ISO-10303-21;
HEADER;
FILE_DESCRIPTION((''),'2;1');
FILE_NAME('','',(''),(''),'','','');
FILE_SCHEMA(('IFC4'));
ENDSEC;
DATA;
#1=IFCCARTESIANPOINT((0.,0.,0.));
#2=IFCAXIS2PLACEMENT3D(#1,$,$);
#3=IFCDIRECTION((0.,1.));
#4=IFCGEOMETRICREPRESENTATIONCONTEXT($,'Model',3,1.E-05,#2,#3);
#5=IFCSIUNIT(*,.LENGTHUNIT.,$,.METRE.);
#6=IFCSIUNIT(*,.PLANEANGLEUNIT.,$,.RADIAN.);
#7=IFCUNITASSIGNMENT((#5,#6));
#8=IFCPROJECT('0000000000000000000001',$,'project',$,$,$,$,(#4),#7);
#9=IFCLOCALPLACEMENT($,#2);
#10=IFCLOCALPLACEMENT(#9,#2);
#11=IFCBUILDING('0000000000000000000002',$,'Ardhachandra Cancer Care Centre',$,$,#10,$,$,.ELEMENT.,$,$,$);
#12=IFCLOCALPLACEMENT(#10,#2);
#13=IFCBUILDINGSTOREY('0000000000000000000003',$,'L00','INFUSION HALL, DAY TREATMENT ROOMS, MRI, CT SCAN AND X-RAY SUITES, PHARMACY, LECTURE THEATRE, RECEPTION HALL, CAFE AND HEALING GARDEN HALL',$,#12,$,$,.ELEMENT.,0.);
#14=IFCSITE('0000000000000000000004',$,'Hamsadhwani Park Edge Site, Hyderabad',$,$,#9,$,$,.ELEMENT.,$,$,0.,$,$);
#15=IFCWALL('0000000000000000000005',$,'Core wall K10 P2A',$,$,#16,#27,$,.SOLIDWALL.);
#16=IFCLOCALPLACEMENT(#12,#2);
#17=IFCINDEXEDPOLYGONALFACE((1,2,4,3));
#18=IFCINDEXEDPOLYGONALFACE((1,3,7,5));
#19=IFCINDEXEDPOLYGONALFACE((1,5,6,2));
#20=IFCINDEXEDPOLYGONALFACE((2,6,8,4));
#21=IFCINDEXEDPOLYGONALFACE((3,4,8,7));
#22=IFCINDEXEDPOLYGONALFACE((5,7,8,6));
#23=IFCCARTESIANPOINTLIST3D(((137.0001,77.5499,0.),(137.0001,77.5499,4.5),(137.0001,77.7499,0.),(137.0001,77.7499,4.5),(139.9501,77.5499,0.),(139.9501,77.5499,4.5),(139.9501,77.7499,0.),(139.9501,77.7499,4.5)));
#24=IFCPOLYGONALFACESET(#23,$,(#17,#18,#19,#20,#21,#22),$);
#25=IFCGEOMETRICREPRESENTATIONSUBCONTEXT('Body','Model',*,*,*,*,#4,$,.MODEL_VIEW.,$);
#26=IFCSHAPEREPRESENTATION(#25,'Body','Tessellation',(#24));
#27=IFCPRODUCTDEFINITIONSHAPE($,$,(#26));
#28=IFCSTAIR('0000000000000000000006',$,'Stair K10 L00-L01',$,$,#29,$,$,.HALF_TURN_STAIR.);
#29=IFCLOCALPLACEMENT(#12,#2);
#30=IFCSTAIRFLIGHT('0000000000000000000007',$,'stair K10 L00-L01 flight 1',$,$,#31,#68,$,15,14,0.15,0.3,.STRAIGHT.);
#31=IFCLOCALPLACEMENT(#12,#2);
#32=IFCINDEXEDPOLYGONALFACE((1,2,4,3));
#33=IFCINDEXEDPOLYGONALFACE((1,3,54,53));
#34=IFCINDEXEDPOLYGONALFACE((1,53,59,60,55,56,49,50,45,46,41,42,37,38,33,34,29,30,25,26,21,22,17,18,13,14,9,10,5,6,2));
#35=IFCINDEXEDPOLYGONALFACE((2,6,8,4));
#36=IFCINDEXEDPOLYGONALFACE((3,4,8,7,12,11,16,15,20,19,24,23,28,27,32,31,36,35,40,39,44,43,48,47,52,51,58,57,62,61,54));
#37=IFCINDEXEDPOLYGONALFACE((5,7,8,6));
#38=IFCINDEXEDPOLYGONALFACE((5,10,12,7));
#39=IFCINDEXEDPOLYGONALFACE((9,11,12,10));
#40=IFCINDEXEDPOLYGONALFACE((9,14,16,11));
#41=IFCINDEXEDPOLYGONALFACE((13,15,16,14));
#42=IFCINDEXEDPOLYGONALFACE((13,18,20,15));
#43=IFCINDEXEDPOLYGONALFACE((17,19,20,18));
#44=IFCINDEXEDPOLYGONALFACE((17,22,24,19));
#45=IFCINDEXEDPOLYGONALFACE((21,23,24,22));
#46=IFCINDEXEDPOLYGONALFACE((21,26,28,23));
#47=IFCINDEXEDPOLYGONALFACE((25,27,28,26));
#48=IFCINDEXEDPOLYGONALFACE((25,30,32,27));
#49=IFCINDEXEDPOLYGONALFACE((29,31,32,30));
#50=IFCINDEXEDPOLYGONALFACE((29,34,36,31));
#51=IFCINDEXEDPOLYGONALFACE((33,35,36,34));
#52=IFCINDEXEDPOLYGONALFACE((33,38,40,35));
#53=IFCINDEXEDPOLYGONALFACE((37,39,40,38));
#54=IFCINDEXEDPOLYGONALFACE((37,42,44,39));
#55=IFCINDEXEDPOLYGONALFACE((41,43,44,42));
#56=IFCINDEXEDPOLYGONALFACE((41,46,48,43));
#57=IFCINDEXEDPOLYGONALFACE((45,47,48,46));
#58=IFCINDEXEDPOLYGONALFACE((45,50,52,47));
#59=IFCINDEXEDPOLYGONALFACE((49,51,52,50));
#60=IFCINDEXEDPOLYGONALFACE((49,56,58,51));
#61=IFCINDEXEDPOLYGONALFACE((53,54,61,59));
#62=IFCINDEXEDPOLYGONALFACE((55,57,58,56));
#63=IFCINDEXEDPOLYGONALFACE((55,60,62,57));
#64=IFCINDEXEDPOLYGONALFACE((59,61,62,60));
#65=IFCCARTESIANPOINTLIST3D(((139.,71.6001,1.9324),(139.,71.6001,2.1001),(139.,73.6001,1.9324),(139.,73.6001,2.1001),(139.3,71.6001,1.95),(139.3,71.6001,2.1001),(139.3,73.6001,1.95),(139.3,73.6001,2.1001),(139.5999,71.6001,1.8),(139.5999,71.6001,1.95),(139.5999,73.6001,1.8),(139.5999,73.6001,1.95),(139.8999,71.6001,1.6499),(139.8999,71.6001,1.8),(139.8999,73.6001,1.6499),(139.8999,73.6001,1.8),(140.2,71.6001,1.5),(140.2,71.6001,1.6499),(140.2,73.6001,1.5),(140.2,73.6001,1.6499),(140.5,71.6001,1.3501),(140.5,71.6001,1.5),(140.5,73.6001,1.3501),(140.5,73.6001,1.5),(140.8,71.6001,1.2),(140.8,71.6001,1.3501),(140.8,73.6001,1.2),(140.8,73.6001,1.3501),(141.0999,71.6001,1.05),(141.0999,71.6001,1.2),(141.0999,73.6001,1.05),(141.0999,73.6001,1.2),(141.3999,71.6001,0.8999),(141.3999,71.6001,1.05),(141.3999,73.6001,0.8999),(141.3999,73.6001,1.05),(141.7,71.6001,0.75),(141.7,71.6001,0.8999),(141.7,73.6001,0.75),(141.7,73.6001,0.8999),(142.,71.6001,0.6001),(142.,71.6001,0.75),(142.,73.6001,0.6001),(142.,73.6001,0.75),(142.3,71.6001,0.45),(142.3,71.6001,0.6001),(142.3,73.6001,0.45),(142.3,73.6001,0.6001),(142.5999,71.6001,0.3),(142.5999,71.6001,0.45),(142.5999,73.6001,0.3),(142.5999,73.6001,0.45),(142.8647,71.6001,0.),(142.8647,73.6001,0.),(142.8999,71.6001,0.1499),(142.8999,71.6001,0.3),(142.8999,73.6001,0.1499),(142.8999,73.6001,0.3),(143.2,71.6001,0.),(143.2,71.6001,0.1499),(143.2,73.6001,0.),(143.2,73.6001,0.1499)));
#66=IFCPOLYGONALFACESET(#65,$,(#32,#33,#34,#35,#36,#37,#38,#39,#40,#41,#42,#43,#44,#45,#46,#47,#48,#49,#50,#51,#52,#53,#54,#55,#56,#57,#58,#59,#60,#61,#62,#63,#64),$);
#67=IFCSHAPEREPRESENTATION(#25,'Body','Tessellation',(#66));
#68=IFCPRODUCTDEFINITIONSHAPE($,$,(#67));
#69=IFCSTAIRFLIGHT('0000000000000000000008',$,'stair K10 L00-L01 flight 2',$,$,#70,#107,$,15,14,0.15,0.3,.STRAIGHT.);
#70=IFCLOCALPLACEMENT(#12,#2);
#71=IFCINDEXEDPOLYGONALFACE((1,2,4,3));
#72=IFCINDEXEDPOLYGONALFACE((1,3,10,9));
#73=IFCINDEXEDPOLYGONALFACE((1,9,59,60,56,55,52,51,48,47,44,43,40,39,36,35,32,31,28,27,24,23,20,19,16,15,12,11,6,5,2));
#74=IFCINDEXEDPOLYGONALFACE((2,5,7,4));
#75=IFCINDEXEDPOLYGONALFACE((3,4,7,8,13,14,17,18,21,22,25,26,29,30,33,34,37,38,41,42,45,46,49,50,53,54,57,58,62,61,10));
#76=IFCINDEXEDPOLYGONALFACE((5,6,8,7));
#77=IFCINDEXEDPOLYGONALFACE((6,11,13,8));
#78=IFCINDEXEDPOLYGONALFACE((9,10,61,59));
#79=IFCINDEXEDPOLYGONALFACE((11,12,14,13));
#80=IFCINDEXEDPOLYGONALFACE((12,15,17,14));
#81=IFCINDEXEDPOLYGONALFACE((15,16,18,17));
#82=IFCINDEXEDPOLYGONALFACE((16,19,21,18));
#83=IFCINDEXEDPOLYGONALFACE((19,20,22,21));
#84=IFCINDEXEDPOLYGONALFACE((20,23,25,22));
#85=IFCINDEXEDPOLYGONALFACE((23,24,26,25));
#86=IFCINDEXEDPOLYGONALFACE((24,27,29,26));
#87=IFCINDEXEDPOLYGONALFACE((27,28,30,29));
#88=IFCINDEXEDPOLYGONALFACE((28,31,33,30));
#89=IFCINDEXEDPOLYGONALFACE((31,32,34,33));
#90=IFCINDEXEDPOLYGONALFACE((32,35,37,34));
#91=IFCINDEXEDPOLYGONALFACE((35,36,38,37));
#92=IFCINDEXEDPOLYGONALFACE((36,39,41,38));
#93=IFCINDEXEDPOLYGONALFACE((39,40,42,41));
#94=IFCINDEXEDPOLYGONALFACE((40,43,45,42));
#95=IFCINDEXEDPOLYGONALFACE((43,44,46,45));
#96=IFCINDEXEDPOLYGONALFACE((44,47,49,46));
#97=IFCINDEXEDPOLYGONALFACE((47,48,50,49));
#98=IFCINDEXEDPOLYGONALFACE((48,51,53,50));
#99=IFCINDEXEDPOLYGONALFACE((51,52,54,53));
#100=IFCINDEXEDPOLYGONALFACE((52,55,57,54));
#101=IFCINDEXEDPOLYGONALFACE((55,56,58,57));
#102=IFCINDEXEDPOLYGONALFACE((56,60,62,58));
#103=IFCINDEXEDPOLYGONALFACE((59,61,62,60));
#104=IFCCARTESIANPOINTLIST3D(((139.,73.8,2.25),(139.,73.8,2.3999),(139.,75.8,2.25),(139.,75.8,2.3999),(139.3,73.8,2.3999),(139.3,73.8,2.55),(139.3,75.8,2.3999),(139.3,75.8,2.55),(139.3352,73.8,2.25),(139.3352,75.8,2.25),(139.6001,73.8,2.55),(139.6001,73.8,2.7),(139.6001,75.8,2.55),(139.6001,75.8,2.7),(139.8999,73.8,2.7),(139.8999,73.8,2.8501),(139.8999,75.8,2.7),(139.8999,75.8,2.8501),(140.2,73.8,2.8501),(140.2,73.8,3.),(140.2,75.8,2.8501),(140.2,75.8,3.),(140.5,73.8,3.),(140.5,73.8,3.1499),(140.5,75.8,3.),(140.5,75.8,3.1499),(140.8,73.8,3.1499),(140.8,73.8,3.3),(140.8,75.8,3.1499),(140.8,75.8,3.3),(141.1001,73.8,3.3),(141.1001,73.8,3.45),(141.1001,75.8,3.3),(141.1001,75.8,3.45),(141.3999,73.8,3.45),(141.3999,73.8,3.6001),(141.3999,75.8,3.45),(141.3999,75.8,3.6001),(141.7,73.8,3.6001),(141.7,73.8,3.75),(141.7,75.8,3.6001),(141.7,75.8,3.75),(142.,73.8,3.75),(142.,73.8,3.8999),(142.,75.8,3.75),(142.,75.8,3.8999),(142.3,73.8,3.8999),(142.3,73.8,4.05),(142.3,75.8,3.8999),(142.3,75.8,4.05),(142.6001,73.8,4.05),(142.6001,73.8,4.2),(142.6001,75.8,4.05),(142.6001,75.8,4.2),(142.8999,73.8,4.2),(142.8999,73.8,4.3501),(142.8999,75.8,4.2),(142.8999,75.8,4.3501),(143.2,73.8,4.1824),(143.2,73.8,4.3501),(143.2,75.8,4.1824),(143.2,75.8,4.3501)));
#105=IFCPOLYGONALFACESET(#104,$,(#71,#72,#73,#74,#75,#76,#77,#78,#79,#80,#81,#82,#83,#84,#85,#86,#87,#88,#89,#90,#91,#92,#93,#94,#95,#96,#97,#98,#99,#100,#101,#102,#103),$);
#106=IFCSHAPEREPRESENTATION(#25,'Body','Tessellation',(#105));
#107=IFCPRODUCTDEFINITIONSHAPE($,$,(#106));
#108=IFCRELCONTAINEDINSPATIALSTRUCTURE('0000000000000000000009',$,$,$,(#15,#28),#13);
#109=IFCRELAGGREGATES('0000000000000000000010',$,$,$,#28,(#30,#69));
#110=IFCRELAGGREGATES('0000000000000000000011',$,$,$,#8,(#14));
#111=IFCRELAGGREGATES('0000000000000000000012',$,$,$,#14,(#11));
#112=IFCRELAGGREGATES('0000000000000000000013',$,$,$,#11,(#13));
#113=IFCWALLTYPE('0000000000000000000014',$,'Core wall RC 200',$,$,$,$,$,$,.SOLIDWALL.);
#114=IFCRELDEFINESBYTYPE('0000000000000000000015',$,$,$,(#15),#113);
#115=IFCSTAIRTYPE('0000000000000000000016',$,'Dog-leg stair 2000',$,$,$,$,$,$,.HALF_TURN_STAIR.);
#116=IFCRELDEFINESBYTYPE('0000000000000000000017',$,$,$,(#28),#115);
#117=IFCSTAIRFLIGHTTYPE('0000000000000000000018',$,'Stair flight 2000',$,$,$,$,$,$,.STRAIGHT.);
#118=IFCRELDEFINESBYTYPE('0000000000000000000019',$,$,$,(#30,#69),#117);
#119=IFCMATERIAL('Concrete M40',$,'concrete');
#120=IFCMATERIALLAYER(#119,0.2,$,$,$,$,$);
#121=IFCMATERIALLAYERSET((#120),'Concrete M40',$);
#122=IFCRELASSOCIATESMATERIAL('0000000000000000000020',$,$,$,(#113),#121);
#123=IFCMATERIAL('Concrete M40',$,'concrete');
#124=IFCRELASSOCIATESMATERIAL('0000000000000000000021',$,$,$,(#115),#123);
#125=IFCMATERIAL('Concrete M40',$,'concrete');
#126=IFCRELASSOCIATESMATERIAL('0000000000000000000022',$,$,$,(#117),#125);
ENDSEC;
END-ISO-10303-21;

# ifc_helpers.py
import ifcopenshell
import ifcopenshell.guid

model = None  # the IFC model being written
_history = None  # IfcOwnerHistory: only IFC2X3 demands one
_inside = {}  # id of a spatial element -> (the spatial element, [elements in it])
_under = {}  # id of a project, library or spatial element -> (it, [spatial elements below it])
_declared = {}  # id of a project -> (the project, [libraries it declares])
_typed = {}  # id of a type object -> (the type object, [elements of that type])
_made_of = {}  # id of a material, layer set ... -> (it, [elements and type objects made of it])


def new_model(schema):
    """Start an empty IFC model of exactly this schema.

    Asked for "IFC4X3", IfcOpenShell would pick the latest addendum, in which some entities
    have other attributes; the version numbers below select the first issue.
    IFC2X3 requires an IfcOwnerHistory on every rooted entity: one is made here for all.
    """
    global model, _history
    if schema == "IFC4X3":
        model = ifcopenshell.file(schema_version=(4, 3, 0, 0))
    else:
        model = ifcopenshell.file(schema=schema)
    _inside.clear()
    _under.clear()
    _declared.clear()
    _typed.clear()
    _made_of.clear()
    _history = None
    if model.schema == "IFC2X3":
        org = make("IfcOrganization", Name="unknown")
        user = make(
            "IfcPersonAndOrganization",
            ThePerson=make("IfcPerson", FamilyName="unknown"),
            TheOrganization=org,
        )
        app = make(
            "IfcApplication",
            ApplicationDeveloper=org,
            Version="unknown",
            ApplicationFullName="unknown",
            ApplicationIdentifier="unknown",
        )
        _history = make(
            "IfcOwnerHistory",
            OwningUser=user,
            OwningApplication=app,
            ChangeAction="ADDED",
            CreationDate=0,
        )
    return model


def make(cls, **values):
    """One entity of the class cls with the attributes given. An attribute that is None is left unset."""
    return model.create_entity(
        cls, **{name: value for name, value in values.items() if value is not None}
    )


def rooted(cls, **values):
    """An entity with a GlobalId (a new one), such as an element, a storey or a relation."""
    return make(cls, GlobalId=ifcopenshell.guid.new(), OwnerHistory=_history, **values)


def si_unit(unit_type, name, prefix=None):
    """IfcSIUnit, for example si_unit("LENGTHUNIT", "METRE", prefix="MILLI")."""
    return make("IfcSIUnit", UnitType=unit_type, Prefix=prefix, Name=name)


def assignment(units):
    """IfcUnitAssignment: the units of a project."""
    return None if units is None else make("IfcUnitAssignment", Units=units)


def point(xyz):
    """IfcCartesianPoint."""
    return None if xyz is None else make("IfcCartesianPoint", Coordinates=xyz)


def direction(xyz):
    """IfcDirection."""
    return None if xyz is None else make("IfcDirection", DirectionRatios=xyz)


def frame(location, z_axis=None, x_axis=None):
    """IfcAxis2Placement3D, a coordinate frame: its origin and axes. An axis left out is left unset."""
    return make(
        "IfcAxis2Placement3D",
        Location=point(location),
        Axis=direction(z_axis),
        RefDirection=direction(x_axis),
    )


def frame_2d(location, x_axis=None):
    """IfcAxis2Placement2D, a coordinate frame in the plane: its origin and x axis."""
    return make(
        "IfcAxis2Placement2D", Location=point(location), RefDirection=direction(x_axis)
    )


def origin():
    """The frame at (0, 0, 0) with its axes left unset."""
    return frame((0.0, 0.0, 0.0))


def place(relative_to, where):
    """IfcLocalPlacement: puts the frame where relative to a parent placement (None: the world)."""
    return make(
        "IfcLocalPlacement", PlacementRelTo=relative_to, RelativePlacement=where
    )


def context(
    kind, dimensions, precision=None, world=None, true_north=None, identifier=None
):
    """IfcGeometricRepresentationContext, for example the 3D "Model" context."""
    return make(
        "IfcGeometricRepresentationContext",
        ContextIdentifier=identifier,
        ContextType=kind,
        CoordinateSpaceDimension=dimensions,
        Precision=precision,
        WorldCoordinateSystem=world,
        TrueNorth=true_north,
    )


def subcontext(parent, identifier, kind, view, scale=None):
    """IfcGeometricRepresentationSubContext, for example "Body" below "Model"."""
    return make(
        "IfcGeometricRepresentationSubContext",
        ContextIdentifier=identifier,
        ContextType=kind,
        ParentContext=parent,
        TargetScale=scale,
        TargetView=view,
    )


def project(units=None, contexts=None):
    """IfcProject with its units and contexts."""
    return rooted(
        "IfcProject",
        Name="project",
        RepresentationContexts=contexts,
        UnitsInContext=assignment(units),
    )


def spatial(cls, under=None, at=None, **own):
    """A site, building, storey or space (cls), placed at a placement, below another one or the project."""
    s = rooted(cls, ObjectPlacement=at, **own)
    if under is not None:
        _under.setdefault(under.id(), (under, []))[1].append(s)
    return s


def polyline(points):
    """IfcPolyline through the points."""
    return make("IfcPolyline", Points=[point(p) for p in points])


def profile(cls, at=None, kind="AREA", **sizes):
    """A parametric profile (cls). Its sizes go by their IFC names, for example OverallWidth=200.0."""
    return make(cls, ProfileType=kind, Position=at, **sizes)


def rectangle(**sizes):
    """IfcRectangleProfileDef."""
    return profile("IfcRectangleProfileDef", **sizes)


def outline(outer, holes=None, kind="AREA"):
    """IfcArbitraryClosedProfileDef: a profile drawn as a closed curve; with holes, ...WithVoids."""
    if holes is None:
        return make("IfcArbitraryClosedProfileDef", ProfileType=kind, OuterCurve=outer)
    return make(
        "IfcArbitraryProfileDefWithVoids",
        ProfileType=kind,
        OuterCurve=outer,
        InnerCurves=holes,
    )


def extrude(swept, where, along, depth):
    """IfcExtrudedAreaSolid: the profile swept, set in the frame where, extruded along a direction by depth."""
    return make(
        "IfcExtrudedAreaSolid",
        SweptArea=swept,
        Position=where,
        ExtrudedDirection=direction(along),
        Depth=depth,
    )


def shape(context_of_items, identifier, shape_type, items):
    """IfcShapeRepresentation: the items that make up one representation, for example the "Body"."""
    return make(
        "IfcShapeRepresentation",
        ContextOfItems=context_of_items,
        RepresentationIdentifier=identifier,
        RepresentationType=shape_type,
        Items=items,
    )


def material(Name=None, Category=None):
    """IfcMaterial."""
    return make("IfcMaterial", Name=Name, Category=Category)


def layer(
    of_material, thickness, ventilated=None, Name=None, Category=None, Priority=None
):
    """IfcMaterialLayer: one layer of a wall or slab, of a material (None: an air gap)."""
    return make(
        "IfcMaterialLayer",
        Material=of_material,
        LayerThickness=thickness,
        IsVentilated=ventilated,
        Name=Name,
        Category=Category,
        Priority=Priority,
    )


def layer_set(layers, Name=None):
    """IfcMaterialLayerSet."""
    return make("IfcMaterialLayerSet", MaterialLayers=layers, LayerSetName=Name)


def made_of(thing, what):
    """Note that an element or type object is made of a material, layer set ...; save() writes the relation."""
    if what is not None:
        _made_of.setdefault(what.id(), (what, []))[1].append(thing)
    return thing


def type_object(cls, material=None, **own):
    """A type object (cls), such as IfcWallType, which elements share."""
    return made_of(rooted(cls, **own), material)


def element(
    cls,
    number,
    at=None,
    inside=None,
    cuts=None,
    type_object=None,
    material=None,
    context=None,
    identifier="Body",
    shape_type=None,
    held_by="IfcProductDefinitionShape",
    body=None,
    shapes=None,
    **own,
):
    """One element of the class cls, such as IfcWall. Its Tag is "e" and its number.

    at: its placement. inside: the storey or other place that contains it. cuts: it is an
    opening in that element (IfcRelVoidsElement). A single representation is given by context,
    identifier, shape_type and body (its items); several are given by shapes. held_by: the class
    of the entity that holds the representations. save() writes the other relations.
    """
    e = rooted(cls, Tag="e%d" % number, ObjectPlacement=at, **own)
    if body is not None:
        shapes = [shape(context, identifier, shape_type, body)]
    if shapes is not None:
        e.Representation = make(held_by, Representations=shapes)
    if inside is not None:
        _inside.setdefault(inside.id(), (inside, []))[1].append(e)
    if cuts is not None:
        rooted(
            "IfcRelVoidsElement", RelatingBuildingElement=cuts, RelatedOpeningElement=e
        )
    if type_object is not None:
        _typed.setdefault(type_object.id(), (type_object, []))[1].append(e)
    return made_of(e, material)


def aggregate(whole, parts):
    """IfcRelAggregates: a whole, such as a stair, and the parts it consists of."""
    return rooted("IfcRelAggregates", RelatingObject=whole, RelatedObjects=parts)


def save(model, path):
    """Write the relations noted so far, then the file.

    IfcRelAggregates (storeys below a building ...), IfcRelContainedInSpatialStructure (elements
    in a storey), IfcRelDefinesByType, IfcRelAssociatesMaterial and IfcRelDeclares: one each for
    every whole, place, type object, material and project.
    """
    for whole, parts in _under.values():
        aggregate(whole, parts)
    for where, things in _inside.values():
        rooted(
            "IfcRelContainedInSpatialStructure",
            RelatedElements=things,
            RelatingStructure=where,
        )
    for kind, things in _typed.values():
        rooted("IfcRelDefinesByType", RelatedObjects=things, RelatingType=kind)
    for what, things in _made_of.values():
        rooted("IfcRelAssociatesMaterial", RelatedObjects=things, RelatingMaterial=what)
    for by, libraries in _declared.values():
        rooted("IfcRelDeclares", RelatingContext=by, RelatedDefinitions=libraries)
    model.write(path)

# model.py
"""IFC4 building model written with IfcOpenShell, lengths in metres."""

from ifc_helpers import new_model, si_unit, direction, frame, frame_2d, origin, place, context, subcontext, project, spatial, polyline, rectangle, outline, extrude, material, layer, layer_set, type_object, element, aggregate, save


model = new_model("IFC4")

# Units and contexts
model_context = context("Model", 3, precision=1e-05, world=origin(), true_north=direction((0.0, 1.0)))
body_context = subcontext(model_context, "Body", "Model", "MODEL_VIEW")
ifc_project = project(units=[si_unit("LENGTHUNIT", "METRE"), si_unit("PLANEANGLEUNIT", "RADIAN")], contexts=[model_context])

# Site, building, storey
site_placement = place(None, origin())
site = spatial("IfcSite", under=ifc_project, at=site_placement, Name="Hamsadhwani Park Edge Site, Hyderabad", CompositionType="ELEMENT", RefElevation=0.0)
building_placement = place(site_placement, origin())
building = spatial("IfcBuilding", under=site, at=building_placement, Name="Ardhachandra Cancer Care Centre", CompositionType="ELEMENT")
storey_placement = place(building_placement, origin())
storey = spatial("IfcBuildingStorey", under=building, at=storey_placement, Name="L00", Description="INFUSION HALL, DAY TREATMENT ROOMS, MRI, CT SCAN AND X-RAY SUITES, PHARMACY, LECTURE THEATRE, RECEPTION HALL, CAFE AND HEALING GARDEN HALL", CompositionType="ELEMENT", Elevation=0.0)

# Shared definitions
ifc_material_1 = material(Name="Concrete M40", Category="concrete")
ifc_layer_1 = layer(ifc_material_1, 0.2)
ifc_layer_set_1 = layer_set([ifc_layer_1], Name="Concrete M40")
wall_type = type_object("IfcWallType", Name="Core wall RC 200", PredefinedType="SOLIDWALL", material=ifc_layer_set_1)

# Wall
wall_1_placement = place(storey_placement, frame((137.0, 77.6499, 0.0), z_axis=(0.0, 0.0, 1.0), x_axis=(1.0, 0.0, 0.0)))
element("IfcWall", 1, at=wall_1_placement, inside=storey, type_object=wall_type, Name="Core wall K10 P2A", PredefinedType="SOLIDWALL", context=body_context, shape_type="SweptSolid", body=[
    extrude(rectangle(XDim=2.95, YDim=0.2, at=frame_2d((1.4751, 0.0))), origin(), (0.0, 0.0, 1.0), 4.5),
])

# Stair, stair flights
ifc_material_2 = material(Name="Concrete M40", Category="concrete")
stair_type = type_object("IfcStairType", Name="Dog-leg stair 2000", PredefinedType="HALF_TURN_STAIR", material=ifc_material_2)
stair_placement = place(storey_placement, origin())
stair = element("IfcStair", 2, at=stair_placement, inside=storey, type_object=stair_type, Name="Stair K10 L00-L01", PredefinedType="HALF_TURN_STAIR")
ifc_material_3 = material(Name="Concrete M40", Category="concrete")
stair_flight_type = type_object("IfcStairFlightType", Name="Stair flight 2000", PredefinedType="STRAIGHT", material=ifc_material_3)
stair_flight_1_placement = place(storey_placement, frame((143.2, 72.6001, 0.0), z_axis=(0.0, 0.0, 1.0), x_axis=(-1.0, 0.0, 0.0)))
stair_flight_1 = element("IfcStairFlight", 3, at=stair_flight_1_placement, type_object=stair_flight_type, Name="stair K10 L00-L01 flight 1", NumberOfRisers=15, NumberOfTreads=14, PredefinedType="STRAIGHT", RiserHeight=0.15, TreadLength=0.3, context=body_context, shape_type="SweptSolid", body=[
    extrude(outline(polyline([(0.0, 0.0), (0.0, 0.1499), (0.3, 0.1499), (0.3, 0.3), (0.6001, 0.3), (0.6001, 0.45), (0.8999, 0.45), (0.8999, 0.6001), (1.2, 0.6001), (1.2, 0.75), (1.5, 0.75), (1.5, 0.8999), (1.8, 0.8999), (1.8, 1.05), (2.1001, 1.05), (2.1001, 1.2), (2.3999, 1.2), (2.3999, 1.3501), (2.7, 1.3501), (2.7, 1.5), (3.0, 1.5), (3.0, 1.6499), (3.3, 1.6499), (3.3, 1.8), (3.6001, 1.8), (3.6001, 1.95), (3.8999, 1.95), (3.8999, 2.1001), (4.2, 2.1001), (4.2, 2.25), (4.2, 1.9324), (0.3352, 0.0), (0.0, 0.0)])), frame((0.0, 1.0, 0.0), z_axis=(0.0, -1.0, 0.0), x_axis=(1.0, 0.0, 0.0)), (0.0, 0.0, 1.0), 2.0),
])
stair_flight_2_placement = place(storey_placement, frame((139.0, 74.8, 2.25), z_axis=(0.0, 0.0, 1.0), x_axis=(1.0, 0.0, 0.0)))
stair_flight_2 = element("IfcStairFlight", 4, at=stair_flight_2_placement, type_object=stair_flight_type, Name="stair K10 L00-L01 flight 2", NumberOfRisers=15, NumberOfTreads=14, PredefinedType="STRAIGHT", RiserHeight=0.15, TreadLength=0.3, context=body_context, shape_type="SweptSolid", body=[
    extrude(outline(polyline([(0.0, 0.0), (0.0, 0.1499), (0.3, 0.1499), (0.3, 0.3), (0.6001, 0.3), (0.6001, 0.45), (0.8999, 0.45), (0.8999, 0.6001), (1.2, 0.6001), (1.2, 0.75), (1.5, 0.75), (1.5, 0.8999), (1.8, 0.8999), (1.8, 1.05), (2.1001, 1.05), (2.1001, 1.2), (2.3999, 1.2), (2.3999, 1.3501), (2.7, 1.3501), (2.7, 1.5), (3.0, 1.5), (3.0, 1.6499), (3.3, 1.6499), (3.3, 1.8), (3.6001, 1.8), (3.6001, 1.95), (3.8999, 1.95), (3.8999, 2.1001), (4.2, 2.1001), (4.2, 2.25), (4.2, 1.9324), (0.3352, 0.0), (0.0, 0.0)])), frame((0.0, 1.0, 0.0), z_axis=(0.0, -1.0, 0.0), x_axis=(1.0, 0.0, 0.0)), (0.0, 0.0, 1.0), 2.0),
])
aggregate(stair, [stair_flight_1, stair_flight_2])

save(model, "model.ifc")
